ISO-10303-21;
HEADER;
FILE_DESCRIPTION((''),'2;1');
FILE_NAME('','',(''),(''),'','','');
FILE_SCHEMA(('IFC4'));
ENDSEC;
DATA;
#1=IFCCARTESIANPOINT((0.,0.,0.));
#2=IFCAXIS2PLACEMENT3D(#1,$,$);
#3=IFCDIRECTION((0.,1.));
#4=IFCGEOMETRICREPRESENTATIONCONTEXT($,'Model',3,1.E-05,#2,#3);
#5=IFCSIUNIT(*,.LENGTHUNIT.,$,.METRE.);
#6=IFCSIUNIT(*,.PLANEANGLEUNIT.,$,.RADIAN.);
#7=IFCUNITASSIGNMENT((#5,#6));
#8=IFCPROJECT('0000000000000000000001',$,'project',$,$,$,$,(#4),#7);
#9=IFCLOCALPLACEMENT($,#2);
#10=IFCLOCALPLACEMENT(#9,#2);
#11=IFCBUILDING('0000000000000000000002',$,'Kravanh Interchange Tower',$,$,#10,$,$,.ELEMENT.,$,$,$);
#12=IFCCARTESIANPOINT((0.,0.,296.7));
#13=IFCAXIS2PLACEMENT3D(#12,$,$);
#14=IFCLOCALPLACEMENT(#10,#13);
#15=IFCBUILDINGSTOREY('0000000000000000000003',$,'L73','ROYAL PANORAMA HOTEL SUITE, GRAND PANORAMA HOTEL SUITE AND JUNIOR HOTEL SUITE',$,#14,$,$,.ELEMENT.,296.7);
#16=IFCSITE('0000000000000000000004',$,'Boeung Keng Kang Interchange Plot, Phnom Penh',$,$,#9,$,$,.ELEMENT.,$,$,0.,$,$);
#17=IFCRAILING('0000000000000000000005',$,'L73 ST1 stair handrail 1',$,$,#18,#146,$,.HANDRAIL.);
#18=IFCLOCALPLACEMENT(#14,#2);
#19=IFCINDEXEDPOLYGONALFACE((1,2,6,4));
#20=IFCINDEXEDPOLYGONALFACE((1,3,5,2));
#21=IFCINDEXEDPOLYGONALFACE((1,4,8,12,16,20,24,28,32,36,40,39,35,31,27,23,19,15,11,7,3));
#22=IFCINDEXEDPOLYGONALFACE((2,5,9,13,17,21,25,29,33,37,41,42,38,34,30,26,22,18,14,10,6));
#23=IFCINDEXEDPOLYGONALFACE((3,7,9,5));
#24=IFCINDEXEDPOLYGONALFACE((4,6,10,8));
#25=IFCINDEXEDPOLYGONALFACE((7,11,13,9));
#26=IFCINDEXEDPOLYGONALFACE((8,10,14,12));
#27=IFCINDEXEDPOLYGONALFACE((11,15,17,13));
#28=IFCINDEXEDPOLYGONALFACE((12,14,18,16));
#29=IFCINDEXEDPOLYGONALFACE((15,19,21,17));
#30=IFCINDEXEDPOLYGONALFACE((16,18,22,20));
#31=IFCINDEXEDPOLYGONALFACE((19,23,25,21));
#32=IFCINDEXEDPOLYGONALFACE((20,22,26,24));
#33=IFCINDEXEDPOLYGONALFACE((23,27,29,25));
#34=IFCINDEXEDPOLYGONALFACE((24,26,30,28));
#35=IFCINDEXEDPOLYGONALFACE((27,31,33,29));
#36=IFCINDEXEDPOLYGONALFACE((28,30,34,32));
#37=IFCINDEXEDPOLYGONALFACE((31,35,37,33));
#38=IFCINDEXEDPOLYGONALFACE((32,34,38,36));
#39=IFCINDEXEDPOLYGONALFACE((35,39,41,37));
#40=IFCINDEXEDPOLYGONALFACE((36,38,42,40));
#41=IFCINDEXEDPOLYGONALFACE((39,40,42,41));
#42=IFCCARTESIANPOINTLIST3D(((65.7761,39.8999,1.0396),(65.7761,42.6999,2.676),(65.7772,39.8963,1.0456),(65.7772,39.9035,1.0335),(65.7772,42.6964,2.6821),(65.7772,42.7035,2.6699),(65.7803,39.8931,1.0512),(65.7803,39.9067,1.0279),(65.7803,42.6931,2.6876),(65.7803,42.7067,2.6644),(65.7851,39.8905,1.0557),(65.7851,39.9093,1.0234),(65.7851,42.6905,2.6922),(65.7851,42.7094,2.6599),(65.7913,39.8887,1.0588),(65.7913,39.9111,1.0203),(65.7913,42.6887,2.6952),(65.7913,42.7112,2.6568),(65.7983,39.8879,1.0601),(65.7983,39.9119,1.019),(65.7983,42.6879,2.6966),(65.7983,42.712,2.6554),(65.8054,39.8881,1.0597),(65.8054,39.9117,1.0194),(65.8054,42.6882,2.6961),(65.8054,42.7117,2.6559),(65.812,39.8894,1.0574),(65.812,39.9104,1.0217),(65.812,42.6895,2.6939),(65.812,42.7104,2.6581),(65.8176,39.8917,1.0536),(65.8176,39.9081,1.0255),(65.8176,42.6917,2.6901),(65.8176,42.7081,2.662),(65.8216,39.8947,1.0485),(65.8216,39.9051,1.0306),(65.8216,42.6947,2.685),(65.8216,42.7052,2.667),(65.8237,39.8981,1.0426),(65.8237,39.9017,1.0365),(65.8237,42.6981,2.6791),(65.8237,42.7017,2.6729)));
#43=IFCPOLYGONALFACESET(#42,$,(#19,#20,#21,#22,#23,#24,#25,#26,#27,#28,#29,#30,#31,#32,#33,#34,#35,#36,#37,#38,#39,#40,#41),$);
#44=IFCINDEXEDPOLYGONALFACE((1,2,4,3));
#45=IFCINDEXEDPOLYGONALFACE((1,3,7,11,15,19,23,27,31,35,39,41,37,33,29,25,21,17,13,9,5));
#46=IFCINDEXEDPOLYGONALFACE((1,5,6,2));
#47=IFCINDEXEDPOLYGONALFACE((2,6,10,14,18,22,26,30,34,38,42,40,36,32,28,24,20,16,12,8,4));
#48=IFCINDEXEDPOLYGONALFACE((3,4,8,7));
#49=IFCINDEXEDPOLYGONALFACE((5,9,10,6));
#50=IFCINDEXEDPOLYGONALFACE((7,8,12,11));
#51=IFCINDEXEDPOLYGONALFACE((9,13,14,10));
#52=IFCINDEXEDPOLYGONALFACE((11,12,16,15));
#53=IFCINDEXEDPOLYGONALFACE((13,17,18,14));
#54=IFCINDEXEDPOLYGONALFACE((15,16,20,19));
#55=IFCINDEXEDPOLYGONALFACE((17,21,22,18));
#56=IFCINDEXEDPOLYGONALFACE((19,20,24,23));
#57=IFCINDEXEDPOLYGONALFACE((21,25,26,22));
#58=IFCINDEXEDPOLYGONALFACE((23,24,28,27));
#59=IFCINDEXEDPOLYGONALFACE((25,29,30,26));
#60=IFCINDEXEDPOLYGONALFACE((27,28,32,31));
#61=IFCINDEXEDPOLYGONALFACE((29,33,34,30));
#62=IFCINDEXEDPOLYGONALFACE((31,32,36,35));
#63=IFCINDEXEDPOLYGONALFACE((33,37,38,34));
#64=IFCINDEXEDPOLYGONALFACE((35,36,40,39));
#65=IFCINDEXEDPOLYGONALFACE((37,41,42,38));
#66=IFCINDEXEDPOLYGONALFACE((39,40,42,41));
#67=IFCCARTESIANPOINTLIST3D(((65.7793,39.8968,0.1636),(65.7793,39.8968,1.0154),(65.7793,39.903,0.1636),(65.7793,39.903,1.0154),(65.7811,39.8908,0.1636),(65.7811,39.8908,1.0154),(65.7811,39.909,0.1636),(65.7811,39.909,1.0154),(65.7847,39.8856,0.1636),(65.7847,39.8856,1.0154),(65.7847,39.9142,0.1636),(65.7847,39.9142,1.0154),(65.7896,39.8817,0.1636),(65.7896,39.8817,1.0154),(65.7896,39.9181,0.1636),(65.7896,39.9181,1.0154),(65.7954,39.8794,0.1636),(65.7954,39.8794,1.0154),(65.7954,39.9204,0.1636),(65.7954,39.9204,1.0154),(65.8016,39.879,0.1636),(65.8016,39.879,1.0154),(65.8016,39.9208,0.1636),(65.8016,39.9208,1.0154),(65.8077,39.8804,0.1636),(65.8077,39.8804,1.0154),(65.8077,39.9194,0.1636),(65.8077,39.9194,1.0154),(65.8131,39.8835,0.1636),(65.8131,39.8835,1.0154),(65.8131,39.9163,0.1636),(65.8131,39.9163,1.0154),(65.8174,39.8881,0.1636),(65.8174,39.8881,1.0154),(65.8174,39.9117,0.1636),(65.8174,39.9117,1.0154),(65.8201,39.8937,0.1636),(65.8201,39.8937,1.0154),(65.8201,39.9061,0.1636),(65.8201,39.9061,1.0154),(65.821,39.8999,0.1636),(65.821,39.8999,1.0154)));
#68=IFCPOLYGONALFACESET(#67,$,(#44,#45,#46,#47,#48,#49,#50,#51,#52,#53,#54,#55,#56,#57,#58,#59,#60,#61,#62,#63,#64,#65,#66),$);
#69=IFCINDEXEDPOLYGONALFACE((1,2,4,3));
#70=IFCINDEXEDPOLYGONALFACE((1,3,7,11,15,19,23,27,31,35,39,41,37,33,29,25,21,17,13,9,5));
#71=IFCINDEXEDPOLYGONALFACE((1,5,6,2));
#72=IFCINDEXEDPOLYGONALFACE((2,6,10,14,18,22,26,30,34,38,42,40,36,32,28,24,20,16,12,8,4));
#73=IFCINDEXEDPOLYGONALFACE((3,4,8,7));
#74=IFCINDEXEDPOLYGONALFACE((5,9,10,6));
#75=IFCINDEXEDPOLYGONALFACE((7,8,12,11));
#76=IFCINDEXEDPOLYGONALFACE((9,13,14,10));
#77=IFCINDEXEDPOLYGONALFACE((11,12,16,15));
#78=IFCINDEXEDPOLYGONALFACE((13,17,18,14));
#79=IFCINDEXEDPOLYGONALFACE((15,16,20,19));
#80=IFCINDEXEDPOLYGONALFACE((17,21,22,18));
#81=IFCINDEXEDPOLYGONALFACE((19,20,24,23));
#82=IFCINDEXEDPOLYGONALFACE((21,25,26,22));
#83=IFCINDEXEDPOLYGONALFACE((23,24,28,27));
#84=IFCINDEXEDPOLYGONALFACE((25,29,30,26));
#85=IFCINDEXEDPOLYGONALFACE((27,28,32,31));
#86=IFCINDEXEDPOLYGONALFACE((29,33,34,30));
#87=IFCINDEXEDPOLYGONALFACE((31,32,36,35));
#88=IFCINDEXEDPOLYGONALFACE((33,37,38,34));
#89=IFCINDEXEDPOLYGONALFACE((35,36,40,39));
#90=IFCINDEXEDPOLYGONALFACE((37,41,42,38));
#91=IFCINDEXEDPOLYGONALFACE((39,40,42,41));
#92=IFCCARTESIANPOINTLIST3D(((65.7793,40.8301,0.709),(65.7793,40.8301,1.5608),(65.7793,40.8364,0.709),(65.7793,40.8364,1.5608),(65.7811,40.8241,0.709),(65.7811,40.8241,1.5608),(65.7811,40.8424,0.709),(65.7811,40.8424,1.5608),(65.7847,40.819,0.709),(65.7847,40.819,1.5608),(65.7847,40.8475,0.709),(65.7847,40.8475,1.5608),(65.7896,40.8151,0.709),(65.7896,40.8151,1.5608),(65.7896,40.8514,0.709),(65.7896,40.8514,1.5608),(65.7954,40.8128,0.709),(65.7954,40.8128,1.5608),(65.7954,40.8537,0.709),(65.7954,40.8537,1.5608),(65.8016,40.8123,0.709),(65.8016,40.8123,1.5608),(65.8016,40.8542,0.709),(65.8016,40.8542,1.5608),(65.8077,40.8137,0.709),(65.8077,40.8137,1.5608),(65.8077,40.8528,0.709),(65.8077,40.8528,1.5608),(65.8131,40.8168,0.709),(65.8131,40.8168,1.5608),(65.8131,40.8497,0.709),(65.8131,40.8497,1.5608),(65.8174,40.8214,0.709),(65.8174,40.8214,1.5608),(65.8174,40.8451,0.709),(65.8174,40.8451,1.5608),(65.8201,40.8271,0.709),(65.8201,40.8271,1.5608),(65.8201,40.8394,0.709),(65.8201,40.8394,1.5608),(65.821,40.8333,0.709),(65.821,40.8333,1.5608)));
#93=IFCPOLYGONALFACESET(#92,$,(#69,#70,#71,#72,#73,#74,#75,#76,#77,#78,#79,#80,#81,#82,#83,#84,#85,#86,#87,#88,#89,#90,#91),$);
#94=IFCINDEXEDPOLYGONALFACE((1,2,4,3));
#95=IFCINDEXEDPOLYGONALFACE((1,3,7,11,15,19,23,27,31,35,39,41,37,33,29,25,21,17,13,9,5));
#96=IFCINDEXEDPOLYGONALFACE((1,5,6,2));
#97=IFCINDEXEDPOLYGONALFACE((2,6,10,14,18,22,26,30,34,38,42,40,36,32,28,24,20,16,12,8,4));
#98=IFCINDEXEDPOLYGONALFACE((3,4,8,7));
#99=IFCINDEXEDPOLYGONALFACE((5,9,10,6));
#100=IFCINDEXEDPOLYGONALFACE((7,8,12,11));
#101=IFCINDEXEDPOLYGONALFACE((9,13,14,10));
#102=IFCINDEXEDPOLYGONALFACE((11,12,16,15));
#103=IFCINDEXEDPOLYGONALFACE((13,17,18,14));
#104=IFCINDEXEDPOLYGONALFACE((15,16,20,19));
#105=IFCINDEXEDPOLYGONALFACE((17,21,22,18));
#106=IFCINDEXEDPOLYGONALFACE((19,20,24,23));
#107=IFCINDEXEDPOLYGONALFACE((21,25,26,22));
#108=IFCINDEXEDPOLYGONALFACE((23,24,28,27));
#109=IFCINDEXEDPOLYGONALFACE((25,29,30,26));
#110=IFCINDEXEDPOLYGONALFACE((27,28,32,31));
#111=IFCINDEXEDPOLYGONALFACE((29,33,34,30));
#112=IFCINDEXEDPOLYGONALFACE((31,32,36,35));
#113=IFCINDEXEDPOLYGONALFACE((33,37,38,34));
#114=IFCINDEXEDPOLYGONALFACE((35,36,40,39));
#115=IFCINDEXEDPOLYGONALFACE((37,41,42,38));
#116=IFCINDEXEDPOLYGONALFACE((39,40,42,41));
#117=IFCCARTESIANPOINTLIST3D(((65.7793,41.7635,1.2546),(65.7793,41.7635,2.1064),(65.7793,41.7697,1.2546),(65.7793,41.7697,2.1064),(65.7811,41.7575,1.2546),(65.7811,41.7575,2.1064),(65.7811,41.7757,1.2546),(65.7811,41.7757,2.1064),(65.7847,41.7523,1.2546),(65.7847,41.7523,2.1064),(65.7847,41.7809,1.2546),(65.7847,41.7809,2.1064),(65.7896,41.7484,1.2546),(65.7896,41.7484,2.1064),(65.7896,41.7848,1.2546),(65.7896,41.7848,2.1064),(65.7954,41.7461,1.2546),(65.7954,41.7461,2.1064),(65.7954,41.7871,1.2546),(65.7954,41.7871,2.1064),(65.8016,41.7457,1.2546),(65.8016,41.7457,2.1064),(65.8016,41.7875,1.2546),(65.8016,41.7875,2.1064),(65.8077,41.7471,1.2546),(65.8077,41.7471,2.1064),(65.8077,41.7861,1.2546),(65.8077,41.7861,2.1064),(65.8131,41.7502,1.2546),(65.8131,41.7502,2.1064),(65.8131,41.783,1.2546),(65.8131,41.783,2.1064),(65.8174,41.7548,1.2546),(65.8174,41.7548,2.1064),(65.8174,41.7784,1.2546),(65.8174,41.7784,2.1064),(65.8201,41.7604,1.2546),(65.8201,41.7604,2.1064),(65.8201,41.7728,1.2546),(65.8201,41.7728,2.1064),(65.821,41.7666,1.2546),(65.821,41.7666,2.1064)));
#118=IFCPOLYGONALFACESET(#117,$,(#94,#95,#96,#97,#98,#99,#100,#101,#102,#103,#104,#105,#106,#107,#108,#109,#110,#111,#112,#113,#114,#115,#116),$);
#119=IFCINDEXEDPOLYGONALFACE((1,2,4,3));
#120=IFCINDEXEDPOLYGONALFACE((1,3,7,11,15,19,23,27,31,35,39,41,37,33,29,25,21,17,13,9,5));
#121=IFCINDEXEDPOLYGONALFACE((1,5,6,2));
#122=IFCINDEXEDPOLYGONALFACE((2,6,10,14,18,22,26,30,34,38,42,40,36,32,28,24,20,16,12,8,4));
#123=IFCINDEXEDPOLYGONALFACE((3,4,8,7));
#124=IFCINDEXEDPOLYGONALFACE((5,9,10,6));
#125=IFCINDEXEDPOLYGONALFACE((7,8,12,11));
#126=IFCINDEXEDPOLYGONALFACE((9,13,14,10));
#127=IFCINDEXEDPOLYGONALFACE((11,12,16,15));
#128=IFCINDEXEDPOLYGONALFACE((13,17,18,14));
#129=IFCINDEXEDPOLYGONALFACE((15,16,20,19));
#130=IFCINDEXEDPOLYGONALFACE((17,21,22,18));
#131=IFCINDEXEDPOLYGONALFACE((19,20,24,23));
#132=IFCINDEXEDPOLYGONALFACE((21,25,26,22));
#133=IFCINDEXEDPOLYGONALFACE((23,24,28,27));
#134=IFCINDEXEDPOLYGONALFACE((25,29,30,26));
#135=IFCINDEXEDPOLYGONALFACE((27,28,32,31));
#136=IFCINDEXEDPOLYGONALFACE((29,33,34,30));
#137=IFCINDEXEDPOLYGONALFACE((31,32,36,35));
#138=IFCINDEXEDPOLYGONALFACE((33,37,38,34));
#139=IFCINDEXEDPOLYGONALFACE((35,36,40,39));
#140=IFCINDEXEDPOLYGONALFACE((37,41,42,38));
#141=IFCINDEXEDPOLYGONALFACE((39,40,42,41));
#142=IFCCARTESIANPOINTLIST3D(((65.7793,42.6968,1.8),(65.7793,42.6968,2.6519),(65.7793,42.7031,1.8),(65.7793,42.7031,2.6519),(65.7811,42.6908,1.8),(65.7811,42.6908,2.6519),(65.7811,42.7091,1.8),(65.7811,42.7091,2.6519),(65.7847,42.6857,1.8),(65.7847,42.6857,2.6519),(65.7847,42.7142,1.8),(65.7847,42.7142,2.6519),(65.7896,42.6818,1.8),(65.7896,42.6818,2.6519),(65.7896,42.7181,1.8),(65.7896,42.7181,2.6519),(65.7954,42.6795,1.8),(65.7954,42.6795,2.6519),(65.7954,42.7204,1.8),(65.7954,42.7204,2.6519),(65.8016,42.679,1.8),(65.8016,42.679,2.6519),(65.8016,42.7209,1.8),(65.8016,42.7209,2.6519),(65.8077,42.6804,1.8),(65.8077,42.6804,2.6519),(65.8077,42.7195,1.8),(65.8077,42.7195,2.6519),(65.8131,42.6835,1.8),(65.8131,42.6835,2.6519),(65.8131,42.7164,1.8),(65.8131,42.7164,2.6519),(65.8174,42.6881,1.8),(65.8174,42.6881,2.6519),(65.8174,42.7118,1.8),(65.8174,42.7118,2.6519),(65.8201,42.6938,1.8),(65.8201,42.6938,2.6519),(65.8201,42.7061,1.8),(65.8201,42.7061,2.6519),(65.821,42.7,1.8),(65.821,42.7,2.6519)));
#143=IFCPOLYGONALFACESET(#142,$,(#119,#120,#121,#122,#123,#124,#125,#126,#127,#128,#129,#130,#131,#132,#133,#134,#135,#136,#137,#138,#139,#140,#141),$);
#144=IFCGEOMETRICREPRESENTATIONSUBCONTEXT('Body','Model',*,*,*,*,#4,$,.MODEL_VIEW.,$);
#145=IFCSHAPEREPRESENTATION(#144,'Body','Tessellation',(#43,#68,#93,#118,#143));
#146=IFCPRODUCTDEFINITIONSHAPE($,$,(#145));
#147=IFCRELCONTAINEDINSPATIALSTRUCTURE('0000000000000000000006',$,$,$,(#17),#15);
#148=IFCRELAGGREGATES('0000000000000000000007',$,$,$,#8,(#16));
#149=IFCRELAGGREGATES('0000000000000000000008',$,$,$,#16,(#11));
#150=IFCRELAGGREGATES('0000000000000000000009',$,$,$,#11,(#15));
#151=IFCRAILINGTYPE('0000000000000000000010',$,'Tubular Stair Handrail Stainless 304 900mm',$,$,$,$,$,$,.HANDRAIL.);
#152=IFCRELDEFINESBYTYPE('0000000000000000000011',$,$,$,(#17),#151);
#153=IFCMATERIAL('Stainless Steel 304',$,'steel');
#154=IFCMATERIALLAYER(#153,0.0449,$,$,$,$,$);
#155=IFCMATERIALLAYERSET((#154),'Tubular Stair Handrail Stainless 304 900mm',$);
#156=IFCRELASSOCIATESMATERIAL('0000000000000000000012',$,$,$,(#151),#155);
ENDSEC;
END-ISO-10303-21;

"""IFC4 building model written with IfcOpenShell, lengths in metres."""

from ifc_helpers import new_model, si_unit, direction, frame, origin, origin_2d, place, context, subcontext, project, spatial, circle, extrude, material, layer, layer_set, type_object, element, save


model = new_model("IFC4")

# Units and contexts
model_context = context("Model", 3, precision=1e-05, world=origin(), true_north=direction((0.0, 1.0)))
body_context = subcontext(model_context, "Body", "Model", "MODEL_VIEW")
ifc_project = project(units=[si_unit("LENGTHUNIT", "METRE"), si_unit("PLANEANGLEUNIT", "RADIAN")], contexts=[model_context])

# Site, building, storey
site_placement = place(None, origin())
site = spatial("IfcSite", under=ifc_project, at=site_placement, Name="Boeung Keng Kang Interchange Plot, Phnom Penh", CompositionType="ELEMENT", RefElevation=0.0)
building_placement = place(site_placement, origin())
building = spatial("IfcBuilding", under=site, at=building_placement, Name="Kravanh Interchange Tower", CompositionType="ELEMENT")
storey_placement = place(building_placement, frame((0.0, 0.0, 296.7)))
storey = spatial("IfcBuildingStorey", under=building, at=storey_placement, Name="L73", Description="ROYAL PANORAMA HOTEL SUITE, GRAND PANORAMA HOTEL SUITE AND JUNIOR HOTEL SUITE", CompositionType="ELEMENT", Elevation=296.7)

# Railing
ifc_material_1 = material(Name="Stainless Steel 304", Category="steel")
ifc_layer_1 = layer(ifc_material_1, 0.0449)
ifc_layer_set_1 = layer_set([ifc_layer_1], Name="Tubular Stair Handrail Stainless 304 900mm")
railing_type_1 = type_object("IfcRailingType", Name="Tubular Stair Handrail Stainless 304 900mm", PredefinedType="HANDRAIL", material=ifc_layer_set_1)
railing_1_placement = place(storey_placement, frame((65.8, 39.8999, 0.1636)))
element("IfcRailing", 1, at=railing_1_placement, inside=storey, type_object=railing_type_1, Name="L73 ST1 stair handrail 1", PredefinedType="HANDRAIL", context=body_context, shape_type="SweptSolid", body=[
    extrude(circle(Radius=0.0239, at=origin_2d()), frame((0.0, 0.0, 0.876), z_axis=(0.0, 0.863361, 0.504587), x_axis=(-1.0, 0.0, 0.0)), (0.0, 0.0, 1.0), 3.2432),
    extrude(circle(Radius=0.021, at=origin_2d()), origin(), (0.0, 0.0, 1.0), 0.8518),
    extrude(circle(Radius=0.021, at=origin_2d()), frame((0.0, 0.9333, 0.5454)), (0.0, 0.0, 1.0), 0.8518),
    extrude(circle(Radius=0.021, at=origin_2d()), frame((0.0, 1.8667, 1.0911)), (0.0, 0.0, 1.0), 0.8518),
    extrude(circle(Radius=0.021, at=origin_2d()), frame((0.0, 2.8, 1.6365)), (0.0, 0.0, 1.0), 0.8518),
])

save(model, "model.ifc")
